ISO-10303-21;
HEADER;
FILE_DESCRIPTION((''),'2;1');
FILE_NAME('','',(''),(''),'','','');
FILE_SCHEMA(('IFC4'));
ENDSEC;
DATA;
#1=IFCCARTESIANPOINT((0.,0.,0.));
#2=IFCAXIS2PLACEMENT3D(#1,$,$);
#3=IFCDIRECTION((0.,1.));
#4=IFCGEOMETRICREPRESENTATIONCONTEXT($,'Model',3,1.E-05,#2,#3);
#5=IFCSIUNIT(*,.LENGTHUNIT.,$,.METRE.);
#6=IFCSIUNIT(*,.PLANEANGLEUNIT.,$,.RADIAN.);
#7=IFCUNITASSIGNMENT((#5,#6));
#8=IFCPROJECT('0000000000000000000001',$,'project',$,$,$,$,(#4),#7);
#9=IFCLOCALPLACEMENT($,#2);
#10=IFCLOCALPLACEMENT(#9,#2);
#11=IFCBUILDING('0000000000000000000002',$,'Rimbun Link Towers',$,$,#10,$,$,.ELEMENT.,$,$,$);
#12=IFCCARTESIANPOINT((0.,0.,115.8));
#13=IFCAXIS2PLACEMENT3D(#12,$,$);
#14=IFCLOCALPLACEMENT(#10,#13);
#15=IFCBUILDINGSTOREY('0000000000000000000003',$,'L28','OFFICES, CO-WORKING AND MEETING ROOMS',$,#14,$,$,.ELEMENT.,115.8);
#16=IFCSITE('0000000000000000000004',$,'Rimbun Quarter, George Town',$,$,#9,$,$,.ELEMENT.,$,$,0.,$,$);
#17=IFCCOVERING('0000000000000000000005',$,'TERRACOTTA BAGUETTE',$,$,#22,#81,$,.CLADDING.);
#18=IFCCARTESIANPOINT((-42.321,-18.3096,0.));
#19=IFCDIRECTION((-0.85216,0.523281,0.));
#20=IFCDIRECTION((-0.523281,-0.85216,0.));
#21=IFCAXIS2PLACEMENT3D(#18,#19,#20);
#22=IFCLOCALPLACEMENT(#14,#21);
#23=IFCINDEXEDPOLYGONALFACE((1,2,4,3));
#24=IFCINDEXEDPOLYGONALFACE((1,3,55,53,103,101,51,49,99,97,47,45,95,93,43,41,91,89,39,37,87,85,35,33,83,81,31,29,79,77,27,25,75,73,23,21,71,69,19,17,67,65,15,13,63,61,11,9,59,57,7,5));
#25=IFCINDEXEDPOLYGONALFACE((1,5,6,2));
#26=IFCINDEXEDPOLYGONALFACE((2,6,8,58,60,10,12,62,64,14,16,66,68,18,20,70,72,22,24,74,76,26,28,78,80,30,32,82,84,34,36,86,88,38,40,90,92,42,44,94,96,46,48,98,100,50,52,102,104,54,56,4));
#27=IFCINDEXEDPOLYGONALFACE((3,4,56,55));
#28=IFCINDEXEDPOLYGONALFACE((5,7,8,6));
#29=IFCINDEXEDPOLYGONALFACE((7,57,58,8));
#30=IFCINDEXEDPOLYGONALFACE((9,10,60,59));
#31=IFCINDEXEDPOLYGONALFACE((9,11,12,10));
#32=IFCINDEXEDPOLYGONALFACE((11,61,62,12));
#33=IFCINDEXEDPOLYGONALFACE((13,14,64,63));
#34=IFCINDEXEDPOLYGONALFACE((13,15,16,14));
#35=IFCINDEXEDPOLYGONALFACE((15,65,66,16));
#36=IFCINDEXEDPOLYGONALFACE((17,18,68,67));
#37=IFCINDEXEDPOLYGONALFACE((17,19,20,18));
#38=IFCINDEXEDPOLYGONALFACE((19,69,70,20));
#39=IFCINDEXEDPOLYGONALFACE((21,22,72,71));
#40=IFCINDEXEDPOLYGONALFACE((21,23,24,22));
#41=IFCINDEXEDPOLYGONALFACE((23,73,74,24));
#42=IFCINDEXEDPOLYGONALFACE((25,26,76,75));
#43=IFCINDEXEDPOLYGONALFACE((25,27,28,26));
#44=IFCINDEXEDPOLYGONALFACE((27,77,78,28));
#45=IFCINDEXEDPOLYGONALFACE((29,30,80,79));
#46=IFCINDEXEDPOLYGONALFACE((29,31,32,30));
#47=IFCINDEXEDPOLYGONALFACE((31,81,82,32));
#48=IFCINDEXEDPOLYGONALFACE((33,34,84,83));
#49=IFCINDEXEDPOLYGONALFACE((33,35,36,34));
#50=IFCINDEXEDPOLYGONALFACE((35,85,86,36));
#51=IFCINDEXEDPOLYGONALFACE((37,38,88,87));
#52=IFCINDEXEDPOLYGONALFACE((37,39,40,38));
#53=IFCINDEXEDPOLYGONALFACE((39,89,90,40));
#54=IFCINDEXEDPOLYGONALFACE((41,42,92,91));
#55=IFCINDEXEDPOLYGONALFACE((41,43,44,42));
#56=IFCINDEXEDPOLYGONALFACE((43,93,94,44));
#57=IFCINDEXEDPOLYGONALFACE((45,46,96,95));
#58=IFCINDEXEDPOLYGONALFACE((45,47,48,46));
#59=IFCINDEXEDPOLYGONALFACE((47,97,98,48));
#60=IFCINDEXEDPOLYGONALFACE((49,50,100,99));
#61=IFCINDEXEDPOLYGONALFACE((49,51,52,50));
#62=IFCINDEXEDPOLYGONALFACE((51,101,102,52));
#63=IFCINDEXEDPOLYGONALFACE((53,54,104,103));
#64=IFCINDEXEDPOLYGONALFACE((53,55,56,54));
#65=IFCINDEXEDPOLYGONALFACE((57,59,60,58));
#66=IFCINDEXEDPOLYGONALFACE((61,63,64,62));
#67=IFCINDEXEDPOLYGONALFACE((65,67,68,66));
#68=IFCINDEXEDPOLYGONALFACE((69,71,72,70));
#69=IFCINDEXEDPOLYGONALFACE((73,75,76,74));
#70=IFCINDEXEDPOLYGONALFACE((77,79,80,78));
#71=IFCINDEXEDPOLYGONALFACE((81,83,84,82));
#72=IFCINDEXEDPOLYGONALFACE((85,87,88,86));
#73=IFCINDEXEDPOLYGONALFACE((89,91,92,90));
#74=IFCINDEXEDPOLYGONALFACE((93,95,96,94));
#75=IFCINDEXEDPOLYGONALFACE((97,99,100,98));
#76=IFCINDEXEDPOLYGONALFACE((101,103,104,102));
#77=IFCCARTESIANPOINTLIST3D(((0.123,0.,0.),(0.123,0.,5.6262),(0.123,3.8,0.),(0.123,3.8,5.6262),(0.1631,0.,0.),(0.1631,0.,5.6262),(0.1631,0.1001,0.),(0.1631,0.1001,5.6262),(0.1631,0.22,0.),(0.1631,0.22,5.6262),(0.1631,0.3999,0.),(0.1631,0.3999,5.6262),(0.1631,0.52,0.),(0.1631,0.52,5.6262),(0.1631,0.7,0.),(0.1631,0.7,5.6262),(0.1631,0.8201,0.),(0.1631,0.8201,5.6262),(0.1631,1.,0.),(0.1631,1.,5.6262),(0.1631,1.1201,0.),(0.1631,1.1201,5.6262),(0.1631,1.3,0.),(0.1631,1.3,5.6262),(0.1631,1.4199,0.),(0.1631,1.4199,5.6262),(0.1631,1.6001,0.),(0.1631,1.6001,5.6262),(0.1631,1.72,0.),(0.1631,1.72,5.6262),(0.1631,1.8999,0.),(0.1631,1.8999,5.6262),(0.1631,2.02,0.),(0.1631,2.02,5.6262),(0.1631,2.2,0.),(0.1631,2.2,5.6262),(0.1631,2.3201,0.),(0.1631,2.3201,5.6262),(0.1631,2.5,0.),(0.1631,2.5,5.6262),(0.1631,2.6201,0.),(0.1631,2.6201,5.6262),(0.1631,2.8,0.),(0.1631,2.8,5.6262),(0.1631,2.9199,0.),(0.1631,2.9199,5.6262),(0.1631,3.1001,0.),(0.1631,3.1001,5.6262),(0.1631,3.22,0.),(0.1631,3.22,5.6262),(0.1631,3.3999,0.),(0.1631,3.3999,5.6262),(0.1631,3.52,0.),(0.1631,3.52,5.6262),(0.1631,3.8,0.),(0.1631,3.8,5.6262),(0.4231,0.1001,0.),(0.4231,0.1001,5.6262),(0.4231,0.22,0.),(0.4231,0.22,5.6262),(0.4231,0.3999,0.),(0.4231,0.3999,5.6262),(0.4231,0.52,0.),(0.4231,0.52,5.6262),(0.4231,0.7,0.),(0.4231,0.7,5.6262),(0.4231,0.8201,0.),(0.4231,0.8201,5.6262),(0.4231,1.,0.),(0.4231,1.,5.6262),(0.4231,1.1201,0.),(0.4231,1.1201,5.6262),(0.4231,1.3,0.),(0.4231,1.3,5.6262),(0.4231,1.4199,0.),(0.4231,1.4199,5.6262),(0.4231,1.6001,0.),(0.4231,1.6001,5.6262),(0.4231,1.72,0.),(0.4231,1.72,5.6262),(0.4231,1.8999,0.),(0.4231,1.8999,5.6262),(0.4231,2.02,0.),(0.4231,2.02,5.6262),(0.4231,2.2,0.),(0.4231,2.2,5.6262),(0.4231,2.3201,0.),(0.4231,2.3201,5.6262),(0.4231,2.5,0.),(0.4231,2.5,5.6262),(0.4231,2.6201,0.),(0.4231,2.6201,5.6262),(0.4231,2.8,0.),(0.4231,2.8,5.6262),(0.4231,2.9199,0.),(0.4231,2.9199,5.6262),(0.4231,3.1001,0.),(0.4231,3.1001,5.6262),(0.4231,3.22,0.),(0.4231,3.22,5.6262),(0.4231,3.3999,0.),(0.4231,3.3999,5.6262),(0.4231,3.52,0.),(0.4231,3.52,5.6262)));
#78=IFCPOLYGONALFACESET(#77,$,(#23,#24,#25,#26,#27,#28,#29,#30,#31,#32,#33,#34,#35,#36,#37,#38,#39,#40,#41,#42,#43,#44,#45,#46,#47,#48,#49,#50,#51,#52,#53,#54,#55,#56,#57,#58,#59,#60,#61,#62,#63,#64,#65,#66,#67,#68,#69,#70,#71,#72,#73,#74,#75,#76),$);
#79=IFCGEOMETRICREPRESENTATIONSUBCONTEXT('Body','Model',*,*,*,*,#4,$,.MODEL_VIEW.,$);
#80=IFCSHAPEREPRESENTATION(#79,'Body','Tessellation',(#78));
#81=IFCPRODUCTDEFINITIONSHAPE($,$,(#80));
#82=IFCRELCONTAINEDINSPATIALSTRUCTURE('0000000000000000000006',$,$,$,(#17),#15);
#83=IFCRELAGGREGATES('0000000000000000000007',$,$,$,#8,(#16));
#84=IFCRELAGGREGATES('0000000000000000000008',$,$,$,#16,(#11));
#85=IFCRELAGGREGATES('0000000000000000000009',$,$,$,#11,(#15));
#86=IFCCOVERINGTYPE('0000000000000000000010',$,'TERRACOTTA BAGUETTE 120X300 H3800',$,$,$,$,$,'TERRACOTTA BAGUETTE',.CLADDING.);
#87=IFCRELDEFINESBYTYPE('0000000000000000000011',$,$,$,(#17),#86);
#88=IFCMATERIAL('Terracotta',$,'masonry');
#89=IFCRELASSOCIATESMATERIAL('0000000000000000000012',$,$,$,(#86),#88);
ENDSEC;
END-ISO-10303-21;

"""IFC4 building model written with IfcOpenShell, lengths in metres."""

from ifc_helpers import new_model, si_unit, direction, frame, origin, place, context, subcontext, project, spatial, polyline, outline, extrude, material, material_profile, profile_set, type_object, element, save


model = new_model("IFC4")

# Units and contexts
model_context = context("Model", 3, precision=1e-05, world=origin(), true_north=direction((0.0, 1.0)))
body_context = subcontext(model_context, "Body", "Model", "MODEL_VIEW")
ifc_project = project(units=[si_unit("LENGTHUNIT", "METRE"), si_unit("PLANEANGLEUNIT", "RADIAN")], contexts=[model_context])

# Site, building, storey
site_placement = place(None, origin())
site = spatial("IfcSite", under=ifc_project, at=site_placement, Name="Rimbun Quarter, George Town", CompositionType="ELEMENT", RefElevation=0.0)
building_placement = place(site_placement, origin())
building = spatial("IfcBuilding", under=site, at=building_placement, Name="Rimbun Link Towers", CompositionType="ELEMENT")
storey_placement = place(building_placement, frame((0.0, 0.0, 115.8)))
storey = spatial("IfcBuildingStorey", under=building, at=storey_placement, Name="L28", Description="OFFICES, CO-WORKING AND MEETING ROOMS", CompositionType="ELEMENT", Elevation=115.8)

# Covering
ifc_material_1 = material(Name="Terracotta", Category="masonry")
ifc_material_profile_1 = material_profile(ifc_material_1, outline(polyline([(0.123, 0.0), (0.1631, 0.0), (0.1631, 0.1001), (0.4231, 0.1001), (0.4231, 0.22), (0.1631, 0.22), (0.1631, 0.3999), (0.4231, 0.3999), (0.4231, 0.52), (0.1631, 0.52), (0.1631, 0.7), (0.4231, 0.7), (0.4231, 0.8201), (0.1631, 0.8201), (0.1631, 1.0), (0.4231, 1.0), (0.4231, 1.1201), (0.1631, 1.1201), (0.1631, 1.3), (0.4231, 1.3), (0.4231, 1.4199), (0.1631, 1.4199), (0.1631, 1.6001), (0.4231, 1.6001), (0.4231, 1.72), (0.1631, 1.72), (0.1631, 1.8999), (0.4231, 1.8999), (0.4231, 2.02), (0.1631, 2.02), (0.1631, 2.2), (0.4231, 2.2), (0.4231, 2.3201), (0.1631, 2.3201), (0.1631, 2.5), (0.4231, 2.5), (0.4231, 2.6201), (0.1631, 2.6201), (0.1631, 2.8), (0.4231, 2.8), (0.4231, 2.9199), (0.1631, 2.9199), (0.1631, 3.1001), (0.4231, 3.1001), (0.4231, 3.22), (0.1631, 3.22), (0.1631, 3.3999), (0.4231, 3.3999), (0.4231, 3.52), (0.1631, 3.52), (0.1631, 3.8), (0.123, 3.8), (0.123, 0.0)])), Name="BAGUETTE 120X300")
ifc_profile_set_1 = profile_set([ifc_material_profile_1], Name="Terracotta")
covering_type = type_object("IfcCoveringType", Name="TERRACOTTA BAGUETTE 120X300 H3800", ElementType="TERRACOTTA BAGUETTE", PredefinedType="CLADDING", material=ifc_profile_set_1)
covering_placement = place(storey_placement, frame((-42.321, -18.3096, 0.0), z_axis=(-0.85216, 0.523281, 0.0), x_axis=(-0.523281, -0.85216, 0.0)))
element("IfcCovering", 1, at=covering_placement, inside=storey, type_object=covering_type, Name="TERRACOTTA BAGUETTE", PredefinedType="CLADDING", context=body_context, shape_type="SweptSolid", body=[
    extrude(outline(polyline([(0.123, 0.0), (0.1631, 0.0), (0.1631, 0.1001), (0.4231, 0.1001), (0.4231, 0.22), (0.1631, 0.22), (0.1631, 0.3999), (0.4231, 0.3999), (0.4231, 0.52), (0.1631, 0.52), (0.1631, 0.7), (0.4231, 0.7), (0.4231, 0.8201), (0.1631, 0.8201), (0.1631, 1.0), (0.4231, 1.0), (0.4231, 1.1201), (0.1631, 1.1201), (0.1631, 1.3), (0.4231, 1.3), (0.4231, 1.4199), (0.1631, 1.4199), (0.1631, 1.6001), (0.4231, 1.6001), (0.4231, 1.72), (0.1631, 1.72), (0.1631, 1.8999), (0.4231, 1.8999), (0.4231, 2.02), (0.1631, 2.02), (0.1631, 2.2), (0.4231, 2.2), (0.4231, 2.3201), (0.1631, 2.3201), (0.1631, 2.5), (0.4231, 2.5), (0.4231, 2.6201), (0.1631, 2.6201), (0.1631, 2.8), (0.4231, 2.8), (0.4231, 2.9199), (0.1631, 2.9199), (0.1631, 3.1001), (0.4231, 3.1001), (0.4231, 3.22), (0.1631, 3.22), (0.1631, 3.3999), (0.4231, 3.3999), (0.4231, 3.52), (0.1631, 3.52), (0.1631, 3.8), (0.123, 3.8), (0.123, 0.0)])), origin(), (0.0, 0.0, 1.0), 5.6262),
])

save(model, "model.ifc")
